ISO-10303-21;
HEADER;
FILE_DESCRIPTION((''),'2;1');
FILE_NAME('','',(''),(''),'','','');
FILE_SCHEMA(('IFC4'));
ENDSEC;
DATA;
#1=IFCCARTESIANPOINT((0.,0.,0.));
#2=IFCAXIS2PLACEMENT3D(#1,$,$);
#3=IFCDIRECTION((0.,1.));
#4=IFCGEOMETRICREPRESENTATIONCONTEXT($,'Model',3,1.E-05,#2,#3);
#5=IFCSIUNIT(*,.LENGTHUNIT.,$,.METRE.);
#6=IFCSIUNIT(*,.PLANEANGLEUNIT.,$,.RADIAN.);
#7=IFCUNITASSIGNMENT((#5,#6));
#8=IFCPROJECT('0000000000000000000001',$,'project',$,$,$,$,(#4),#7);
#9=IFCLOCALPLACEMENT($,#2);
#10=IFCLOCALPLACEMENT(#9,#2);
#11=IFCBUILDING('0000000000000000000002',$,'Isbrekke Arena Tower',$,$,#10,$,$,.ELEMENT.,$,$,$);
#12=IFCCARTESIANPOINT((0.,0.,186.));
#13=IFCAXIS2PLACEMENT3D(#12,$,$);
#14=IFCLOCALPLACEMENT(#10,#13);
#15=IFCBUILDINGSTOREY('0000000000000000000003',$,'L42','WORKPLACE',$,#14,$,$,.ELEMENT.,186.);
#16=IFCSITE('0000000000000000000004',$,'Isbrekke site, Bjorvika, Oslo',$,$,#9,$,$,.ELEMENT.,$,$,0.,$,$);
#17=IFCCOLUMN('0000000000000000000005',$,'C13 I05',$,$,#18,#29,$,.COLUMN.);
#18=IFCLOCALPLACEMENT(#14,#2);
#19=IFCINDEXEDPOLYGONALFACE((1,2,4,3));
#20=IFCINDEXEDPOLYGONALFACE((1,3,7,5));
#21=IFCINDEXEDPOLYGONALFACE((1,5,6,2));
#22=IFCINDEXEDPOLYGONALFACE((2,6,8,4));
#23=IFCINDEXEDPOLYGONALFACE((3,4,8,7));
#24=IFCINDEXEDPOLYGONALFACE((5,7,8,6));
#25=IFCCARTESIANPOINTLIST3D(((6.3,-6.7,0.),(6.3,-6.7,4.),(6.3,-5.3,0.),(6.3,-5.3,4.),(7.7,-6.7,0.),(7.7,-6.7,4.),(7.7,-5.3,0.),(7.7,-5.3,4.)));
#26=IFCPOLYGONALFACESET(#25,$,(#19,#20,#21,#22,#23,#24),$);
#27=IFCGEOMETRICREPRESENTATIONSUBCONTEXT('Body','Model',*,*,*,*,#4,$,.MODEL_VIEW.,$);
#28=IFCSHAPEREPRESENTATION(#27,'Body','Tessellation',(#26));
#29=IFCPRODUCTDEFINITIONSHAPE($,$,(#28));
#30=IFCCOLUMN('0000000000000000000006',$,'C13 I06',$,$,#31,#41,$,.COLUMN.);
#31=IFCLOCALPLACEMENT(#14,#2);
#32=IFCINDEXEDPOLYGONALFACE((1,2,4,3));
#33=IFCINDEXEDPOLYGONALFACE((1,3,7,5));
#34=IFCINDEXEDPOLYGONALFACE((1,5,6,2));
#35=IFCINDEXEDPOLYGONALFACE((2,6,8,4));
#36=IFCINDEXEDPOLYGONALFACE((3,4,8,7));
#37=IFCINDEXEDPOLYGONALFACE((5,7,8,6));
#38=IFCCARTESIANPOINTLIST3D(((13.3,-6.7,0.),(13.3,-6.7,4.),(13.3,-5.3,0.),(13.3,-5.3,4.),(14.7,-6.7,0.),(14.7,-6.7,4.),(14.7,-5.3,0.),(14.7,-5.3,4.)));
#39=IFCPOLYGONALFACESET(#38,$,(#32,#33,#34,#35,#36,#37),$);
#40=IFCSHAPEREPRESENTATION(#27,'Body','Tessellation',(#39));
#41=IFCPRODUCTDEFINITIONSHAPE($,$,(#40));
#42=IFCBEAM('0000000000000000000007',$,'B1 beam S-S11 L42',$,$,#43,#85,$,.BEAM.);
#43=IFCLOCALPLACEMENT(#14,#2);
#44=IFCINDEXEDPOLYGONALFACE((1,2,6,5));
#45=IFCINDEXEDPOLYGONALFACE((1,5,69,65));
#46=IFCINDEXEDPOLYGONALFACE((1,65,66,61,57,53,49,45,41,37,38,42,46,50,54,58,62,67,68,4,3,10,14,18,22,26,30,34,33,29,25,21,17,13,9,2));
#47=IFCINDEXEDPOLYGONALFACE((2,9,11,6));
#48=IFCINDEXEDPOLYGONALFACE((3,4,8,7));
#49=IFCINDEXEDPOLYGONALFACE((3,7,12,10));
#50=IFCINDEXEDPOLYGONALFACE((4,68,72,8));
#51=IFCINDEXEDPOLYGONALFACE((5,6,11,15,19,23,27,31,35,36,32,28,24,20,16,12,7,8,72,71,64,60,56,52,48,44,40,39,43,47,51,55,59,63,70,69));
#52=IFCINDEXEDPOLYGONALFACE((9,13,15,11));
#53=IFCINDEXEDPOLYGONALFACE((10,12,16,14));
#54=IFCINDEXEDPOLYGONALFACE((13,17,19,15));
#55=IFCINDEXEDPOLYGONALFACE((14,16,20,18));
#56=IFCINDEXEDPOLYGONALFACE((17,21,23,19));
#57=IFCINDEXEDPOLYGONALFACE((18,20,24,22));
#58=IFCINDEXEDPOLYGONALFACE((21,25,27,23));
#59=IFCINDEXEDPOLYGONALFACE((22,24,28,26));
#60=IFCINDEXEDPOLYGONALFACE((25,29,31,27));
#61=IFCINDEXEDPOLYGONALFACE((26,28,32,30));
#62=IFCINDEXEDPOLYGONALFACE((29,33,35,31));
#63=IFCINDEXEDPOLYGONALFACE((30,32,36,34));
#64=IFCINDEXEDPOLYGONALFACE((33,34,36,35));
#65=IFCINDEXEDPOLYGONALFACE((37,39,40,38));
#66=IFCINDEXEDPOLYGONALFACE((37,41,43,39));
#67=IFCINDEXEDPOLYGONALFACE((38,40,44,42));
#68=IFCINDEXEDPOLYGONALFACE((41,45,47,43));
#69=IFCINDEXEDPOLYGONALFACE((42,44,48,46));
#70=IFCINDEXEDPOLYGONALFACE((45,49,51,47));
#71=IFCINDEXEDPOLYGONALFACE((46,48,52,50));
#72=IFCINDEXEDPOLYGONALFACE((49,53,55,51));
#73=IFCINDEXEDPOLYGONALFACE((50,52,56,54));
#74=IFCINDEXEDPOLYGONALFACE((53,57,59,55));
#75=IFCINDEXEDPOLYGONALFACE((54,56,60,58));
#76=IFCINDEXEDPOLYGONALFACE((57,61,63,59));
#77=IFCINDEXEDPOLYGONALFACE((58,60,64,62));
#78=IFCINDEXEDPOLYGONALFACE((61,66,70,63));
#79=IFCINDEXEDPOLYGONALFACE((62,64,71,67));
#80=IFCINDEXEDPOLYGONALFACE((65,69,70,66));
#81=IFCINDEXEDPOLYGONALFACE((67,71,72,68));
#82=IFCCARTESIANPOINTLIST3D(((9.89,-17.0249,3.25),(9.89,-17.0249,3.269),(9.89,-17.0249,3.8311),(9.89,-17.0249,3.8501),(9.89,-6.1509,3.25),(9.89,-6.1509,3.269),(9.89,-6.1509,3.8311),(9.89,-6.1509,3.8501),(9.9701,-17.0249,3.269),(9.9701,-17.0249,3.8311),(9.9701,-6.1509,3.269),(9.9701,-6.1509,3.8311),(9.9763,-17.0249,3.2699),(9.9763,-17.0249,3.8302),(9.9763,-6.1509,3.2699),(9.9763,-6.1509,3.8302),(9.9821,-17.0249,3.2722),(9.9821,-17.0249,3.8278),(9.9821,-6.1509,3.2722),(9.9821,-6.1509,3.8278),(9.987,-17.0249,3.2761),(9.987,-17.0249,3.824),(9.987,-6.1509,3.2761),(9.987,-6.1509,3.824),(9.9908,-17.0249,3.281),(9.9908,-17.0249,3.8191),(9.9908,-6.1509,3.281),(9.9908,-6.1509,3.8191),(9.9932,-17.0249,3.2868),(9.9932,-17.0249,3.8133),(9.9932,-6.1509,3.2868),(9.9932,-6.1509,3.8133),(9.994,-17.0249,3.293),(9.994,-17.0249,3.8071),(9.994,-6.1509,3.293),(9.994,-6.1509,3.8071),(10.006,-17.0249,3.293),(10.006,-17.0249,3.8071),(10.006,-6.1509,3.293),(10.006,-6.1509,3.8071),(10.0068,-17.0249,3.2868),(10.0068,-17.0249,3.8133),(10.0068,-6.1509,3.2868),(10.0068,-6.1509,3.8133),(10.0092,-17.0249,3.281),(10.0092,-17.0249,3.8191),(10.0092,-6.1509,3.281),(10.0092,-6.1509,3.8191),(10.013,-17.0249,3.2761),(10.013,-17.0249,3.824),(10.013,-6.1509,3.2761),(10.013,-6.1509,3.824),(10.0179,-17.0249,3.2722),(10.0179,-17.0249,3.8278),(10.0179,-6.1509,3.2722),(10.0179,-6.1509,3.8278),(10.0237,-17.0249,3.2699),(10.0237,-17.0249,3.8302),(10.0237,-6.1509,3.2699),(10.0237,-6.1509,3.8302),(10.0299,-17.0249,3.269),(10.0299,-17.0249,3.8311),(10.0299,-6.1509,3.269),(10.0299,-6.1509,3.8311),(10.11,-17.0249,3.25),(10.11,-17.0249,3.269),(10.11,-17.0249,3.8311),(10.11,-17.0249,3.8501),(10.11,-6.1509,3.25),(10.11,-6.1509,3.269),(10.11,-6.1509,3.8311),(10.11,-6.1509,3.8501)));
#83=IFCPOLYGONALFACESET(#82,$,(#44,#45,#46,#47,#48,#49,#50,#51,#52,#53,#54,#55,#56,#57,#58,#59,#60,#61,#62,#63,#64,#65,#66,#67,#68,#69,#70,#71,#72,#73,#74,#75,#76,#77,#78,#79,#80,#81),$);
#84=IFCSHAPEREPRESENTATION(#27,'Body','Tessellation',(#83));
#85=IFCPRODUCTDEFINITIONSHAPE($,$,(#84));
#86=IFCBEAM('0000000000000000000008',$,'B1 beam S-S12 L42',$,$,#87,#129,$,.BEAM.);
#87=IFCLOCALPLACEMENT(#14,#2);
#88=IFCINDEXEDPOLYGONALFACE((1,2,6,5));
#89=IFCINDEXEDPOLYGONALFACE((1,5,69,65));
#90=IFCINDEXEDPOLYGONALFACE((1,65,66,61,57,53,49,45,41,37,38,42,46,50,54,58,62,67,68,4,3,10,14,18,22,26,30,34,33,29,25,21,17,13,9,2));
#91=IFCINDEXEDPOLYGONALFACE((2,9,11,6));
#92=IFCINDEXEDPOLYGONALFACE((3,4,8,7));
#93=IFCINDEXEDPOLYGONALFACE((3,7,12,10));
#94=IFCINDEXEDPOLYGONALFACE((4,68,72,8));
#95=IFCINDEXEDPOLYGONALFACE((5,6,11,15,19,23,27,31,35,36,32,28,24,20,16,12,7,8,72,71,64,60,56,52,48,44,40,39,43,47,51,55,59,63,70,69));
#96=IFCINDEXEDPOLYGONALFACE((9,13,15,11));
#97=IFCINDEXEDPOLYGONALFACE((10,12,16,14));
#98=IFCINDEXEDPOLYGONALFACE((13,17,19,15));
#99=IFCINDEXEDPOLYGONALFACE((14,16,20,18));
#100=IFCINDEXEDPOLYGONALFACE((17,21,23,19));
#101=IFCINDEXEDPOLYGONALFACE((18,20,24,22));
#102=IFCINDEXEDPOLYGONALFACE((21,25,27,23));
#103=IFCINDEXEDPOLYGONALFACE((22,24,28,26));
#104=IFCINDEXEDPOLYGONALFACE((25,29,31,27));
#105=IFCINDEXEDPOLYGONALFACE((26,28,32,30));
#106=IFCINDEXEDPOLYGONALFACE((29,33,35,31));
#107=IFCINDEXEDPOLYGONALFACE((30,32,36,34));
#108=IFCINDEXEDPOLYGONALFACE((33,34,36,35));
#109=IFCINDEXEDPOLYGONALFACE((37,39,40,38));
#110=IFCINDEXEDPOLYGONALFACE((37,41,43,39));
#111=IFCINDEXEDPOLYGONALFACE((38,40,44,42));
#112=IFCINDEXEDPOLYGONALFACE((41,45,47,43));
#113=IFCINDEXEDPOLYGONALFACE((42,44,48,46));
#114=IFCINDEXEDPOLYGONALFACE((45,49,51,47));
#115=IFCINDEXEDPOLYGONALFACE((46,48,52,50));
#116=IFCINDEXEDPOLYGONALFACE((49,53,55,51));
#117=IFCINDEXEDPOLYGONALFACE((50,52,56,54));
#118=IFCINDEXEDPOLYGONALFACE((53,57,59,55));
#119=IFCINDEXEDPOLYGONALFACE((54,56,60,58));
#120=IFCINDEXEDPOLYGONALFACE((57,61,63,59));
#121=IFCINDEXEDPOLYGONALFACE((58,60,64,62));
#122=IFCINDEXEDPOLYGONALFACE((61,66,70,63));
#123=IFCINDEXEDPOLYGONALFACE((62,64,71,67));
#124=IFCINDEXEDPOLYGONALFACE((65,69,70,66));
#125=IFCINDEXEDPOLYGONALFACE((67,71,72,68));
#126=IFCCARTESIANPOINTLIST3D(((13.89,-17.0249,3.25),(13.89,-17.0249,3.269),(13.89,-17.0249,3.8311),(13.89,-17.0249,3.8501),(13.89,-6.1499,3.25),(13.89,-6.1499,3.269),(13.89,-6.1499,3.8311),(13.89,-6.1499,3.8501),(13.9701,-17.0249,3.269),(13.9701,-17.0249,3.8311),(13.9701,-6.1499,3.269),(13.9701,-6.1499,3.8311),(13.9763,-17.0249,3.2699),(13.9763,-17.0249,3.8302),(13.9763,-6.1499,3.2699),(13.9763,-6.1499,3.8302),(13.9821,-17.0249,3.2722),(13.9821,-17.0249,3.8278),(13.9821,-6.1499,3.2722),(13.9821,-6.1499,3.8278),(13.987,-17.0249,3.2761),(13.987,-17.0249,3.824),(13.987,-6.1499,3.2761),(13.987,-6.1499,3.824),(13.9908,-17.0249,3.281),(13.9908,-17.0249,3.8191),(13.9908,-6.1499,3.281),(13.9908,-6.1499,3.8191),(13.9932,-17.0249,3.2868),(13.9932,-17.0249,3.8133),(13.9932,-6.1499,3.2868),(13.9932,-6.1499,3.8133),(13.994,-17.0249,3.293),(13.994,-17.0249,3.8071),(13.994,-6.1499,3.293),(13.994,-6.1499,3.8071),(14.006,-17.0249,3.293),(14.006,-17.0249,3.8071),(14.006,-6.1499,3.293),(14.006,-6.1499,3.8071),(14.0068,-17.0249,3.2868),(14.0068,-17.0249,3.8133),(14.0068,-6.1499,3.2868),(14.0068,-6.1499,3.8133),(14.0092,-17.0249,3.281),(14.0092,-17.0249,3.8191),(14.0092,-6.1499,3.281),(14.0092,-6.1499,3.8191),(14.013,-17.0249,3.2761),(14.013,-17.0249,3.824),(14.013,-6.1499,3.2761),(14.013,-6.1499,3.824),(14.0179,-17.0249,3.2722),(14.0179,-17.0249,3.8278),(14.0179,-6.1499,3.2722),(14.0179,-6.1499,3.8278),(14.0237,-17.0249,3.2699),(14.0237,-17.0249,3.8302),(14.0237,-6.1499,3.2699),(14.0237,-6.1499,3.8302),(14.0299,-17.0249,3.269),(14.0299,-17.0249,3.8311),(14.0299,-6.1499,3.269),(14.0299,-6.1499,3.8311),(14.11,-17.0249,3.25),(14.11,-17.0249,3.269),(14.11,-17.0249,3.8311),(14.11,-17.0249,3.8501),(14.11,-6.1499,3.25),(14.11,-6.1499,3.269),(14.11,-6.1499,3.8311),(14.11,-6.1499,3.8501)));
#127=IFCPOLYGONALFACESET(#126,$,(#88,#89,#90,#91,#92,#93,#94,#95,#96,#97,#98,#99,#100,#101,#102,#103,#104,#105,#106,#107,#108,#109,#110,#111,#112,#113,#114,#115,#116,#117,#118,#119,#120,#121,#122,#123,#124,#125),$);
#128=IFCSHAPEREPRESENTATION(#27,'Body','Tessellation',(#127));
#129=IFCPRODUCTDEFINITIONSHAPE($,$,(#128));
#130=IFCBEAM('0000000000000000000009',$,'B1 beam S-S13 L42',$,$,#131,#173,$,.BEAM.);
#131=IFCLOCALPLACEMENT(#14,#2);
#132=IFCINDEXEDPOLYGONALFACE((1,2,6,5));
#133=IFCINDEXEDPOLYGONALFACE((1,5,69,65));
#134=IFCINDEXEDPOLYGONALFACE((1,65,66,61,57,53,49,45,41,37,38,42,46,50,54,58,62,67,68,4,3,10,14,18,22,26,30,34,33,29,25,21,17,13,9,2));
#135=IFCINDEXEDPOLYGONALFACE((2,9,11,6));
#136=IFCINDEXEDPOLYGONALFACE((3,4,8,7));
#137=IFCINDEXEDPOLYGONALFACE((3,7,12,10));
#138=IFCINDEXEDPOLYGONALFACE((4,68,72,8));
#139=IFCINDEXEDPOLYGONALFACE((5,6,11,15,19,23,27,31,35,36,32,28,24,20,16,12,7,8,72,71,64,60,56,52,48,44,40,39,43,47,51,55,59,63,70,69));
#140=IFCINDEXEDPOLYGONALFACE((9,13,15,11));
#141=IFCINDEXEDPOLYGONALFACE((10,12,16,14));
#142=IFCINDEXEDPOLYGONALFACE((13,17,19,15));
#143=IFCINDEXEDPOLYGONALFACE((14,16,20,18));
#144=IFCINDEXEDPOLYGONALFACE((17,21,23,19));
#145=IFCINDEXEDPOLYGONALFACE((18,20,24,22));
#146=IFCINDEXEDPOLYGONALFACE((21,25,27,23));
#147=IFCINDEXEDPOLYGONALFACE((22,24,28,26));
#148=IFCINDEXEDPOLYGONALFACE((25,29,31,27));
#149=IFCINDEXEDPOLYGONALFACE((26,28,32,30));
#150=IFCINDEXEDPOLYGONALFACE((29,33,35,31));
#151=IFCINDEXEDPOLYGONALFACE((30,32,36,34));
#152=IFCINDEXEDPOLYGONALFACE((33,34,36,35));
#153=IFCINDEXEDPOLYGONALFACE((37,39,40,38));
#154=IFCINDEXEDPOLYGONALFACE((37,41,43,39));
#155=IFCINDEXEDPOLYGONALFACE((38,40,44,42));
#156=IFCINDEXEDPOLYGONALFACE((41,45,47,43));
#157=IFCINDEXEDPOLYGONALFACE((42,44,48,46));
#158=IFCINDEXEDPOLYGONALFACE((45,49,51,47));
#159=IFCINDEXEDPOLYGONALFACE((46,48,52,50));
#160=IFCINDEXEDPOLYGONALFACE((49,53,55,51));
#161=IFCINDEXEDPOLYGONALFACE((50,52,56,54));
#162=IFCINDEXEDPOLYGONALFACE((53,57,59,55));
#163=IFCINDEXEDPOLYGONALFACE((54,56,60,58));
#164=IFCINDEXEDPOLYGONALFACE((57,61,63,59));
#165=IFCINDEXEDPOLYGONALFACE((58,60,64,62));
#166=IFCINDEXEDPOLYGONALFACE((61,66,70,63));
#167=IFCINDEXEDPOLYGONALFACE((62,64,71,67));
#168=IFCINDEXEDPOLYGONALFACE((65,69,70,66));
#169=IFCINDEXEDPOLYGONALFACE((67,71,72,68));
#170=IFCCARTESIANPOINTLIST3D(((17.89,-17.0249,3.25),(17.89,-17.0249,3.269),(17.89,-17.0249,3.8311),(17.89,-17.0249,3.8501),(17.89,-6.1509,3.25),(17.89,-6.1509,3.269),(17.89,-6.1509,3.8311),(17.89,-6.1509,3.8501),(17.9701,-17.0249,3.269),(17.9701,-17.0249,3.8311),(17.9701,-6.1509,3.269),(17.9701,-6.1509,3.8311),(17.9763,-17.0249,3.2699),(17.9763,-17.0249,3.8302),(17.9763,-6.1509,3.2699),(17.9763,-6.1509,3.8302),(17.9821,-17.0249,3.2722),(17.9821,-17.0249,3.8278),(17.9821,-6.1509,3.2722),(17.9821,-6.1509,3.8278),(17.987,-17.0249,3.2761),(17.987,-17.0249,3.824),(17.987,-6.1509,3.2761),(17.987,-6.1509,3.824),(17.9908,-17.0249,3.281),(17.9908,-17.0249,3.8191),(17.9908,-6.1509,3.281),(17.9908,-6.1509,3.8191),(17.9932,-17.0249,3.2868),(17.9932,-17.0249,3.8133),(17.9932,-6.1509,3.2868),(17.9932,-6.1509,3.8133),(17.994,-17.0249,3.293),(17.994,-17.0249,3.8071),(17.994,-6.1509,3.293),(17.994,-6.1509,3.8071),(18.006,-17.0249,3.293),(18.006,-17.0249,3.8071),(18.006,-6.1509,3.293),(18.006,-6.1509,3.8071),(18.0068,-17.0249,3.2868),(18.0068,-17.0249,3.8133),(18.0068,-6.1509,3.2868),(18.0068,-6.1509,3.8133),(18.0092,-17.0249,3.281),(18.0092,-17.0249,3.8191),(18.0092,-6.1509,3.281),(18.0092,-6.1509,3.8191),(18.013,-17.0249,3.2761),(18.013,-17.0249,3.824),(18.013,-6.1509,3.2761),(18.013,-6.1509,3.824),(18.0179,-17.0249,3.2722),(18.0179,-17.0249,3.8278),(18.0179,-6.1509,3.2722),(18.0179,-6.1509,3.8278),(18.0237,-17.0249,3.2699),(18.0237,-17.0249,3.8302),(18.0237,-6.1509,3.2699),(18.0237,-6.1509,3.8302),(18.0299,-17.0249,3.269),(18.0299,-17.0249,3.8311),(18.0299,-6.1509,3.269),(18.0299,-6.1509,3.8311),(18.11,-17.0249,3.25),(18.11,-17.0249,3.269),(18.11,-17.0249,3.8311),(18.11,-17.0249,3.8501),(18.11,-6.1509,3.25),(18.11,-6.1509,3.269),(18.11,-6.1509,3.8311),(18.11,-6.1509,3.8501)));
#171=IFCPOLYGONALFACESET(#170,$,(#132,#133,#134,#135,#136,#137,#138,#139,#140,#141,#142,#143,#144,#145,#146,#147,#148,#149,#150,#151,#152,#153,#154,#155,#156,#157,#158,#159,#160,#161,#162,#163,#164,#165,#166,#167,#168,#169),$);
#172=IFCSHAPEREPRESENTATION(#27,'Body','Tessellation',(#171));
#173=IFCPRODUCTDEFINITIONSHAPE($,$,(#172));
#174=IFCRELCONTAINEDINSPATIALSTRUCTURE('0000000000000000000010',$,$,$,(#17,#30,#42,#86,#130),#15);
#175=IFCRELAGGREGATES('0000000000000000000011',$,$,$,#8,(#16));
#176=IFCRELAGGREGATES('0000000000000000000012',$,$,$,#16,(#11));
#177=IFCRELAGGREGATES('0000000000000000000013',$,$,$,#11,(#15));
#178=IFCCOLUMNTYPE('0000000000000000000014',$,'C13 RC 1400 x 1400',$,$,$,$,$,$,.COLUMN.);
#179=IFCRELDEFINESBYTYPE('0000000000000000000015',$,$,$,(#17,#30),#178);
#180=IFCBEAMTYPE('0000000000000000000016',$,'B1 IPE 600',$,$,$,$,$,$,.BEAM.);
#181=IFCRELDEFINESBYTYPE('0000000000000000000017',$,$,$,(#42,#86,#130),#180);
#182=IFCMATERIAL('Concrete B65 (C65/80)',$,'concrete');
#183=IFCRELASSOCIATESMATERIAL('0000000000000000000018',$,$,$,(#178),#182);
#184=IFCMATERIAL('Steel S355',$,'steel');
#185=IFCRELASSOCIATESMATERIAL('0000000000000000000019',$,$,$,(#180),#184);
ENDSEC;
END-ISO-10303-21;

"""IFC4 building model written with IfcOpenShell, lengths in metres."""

from ifc_helpers import new_model, si_unit, direction, frame, origin, origin_2d, place, context, subcontext, project, spatial, rectangle, i_section, extrude, material, material_profile, profile_set, type_object, element, save


model = new_model("IFC4")

# Units and contexts
model_context = context("Model", 3, precision=1e-05, world=origin(), true_north=direction((0.0, 1.0)))
body_context = subcontext(model_context, "Body", "Model", "MODEL_VIEW")
ifc_project = project(units=[si_unit("LENGTHUNIT", "METRE"), si_unit("PLANEANGLEUNIT", "RADIAN")], contexts=[model_context])

# Site, building, storey
site_placement = place(None, origin())
site = spatial("IfcSite", under=ifc_project, at=site_placement, Name="Isbrekke site, Bjorvika, Oslo", CompositionType="ELEMENT", RefElevation=0.0)
building_placement = place(site_placement, origin())
building = spatial("IfcBuilding", under=site, at=building_placement, Name="Isbrekke Arena Tower", CompositionType="ELEMENT")
storey_placement = place(building_placement, frame((0.0, 0.0, 186.0)))
storey = spatial("IfcBuildingStorey", under=building, at=storey_placement, Name="L42", Description="WORKPLACE", CompositionType="ELEMENT", Elevation=186.0)

# Columns
ifc_material_1 = material(Name="Concrete B65 (C65/80)", Category="concrete")
ifc_material_profile_1 = material_profile(ifc_material_1, rectangle(XDim=1.3999, YDim=1.3999, at=origin_2d()), Name="RC 1400x1400")
ifc_profile_set_1 = profile_set([ifc_material_profile_1], Name="Concrete B65 (C65/80)")
column_type = type_object("IfcColumnType", Name="C13 RC 1400 x 1400", PredefinedType="COLUMN", material=ifc_profile_set_1)
for number, where, z_axis, x_axis, name in (
    (1, (7.0, -6.0, 0.0), (0.0, 0.0, 1.0), (1.0, 0.0, 0.0), "C13 I05"),
    (2, (14.0, -6.0, 0.0), (0.0, 0.0, 1.0), (1.0, 0.0, 0.0), "C13 I06"),
):
    element("IfcColumn", number, at=place(storey_placement, frame(where, z_axis=z_axis, x_axis=x_axis)), inside=storey, type_object=column_type, Name=name, PredefinedType="COLUMN", context=body_context, shape_type="SweptSolid", body=[
        extrude(rectangle(XDim=1.3999, YDim=1.3999, at=origin_2d()), origin(), (0.0, 0.0, 1.0), 4.0),
    ])

# Beams
ifc_material_2 = material(Name="Steel S355", Category="steel")
ifc_material_profile_2 = material_profile(ifc_material_2, i_section(OverallWidth=0.22, OverallDepth=0.6001, WebThickness=0.012, FlangeThickness=0.019, FilletRadius=0.0239, at=origin_2d()), Name="IPE 600")
ifc_profile_set_2 = profile_set([ifc_material_profile_2], Name="Steel S355")
beam_type_1 = type_object("IfcBeamType", Name="B1 IPE 600", PredefinedType="BEAM", material=ifc_profile_set_2)
beam_1_placement = place(storey_placement, frame((10.0, -17.0249, 3.55), z_axis=(0.0, 1.0, 0.0), x_axis=(-1.0, 0.0, 0.0)))
element("IfcBeam", 3, at=beam_1_placement, inside=storey, type_object=beam_type_1, Name="B1 beam S-S11 L42", PredefinedType="BEAM", context=body_context, shape_type="SweptSolid", body=[
    extrude(i_section(OverallWidth=0.22, OverallDepth=0.6001, WebThickness=0.012, FlangeThickness=0.019, FilletRadius=0.0239, at=origin_2d()), origin(), (0.0, 0.0, 1.0), 10.874),
])
beam_2_placement = place(storey_placement, frame((14.0, -17.0249, 3.55), z_axis=(0.0, 1.0, 0.0), x_axis=(-1.0, 0.0, 0.0)))
element("IfcBeam", 4, at=beam_2_placement, inside=storey, type_object=beam_type_1, Name="B1 beam S-S12 L42", PredefinedType="BEAM", context=body_context, shape_type="SweptSolid", body=[
    extrude(i_section(OverallWidth=0.22, OverallDepth=0.6001, WebThickness=0.012, FlangeThickness=0.019, FilletRadius=0.0239, at=origin_2d()), origin(), (0.0, 0.0, 1.0), 10.875),
])
beam_3_placement = place(storey_placement, frame((18.0, -17.0249, 3.55), z_axis=(0.0, 1.0, 0.0), x_axis=(-1.0, 0.0, 0.0)))
element("IfcBeam", 5, at=beam_3_placement, inside=storey, type_object=beam_type_1, Name="B1 beam S-S13 L42", PredefinedType="BEAM", context=body_context, shape_type="SweptSolid", body=[
    extrude(i_section(OverallWidth=0.22, OverallDepth=0.6001, WebThickness=0.012, FlangeThickness=0.019, FilletRadius=0.0239, at=origin_2d()), origin(), (0.0, 0.0, 1.0), 10.874),
])

save(model, "model.ifc")
